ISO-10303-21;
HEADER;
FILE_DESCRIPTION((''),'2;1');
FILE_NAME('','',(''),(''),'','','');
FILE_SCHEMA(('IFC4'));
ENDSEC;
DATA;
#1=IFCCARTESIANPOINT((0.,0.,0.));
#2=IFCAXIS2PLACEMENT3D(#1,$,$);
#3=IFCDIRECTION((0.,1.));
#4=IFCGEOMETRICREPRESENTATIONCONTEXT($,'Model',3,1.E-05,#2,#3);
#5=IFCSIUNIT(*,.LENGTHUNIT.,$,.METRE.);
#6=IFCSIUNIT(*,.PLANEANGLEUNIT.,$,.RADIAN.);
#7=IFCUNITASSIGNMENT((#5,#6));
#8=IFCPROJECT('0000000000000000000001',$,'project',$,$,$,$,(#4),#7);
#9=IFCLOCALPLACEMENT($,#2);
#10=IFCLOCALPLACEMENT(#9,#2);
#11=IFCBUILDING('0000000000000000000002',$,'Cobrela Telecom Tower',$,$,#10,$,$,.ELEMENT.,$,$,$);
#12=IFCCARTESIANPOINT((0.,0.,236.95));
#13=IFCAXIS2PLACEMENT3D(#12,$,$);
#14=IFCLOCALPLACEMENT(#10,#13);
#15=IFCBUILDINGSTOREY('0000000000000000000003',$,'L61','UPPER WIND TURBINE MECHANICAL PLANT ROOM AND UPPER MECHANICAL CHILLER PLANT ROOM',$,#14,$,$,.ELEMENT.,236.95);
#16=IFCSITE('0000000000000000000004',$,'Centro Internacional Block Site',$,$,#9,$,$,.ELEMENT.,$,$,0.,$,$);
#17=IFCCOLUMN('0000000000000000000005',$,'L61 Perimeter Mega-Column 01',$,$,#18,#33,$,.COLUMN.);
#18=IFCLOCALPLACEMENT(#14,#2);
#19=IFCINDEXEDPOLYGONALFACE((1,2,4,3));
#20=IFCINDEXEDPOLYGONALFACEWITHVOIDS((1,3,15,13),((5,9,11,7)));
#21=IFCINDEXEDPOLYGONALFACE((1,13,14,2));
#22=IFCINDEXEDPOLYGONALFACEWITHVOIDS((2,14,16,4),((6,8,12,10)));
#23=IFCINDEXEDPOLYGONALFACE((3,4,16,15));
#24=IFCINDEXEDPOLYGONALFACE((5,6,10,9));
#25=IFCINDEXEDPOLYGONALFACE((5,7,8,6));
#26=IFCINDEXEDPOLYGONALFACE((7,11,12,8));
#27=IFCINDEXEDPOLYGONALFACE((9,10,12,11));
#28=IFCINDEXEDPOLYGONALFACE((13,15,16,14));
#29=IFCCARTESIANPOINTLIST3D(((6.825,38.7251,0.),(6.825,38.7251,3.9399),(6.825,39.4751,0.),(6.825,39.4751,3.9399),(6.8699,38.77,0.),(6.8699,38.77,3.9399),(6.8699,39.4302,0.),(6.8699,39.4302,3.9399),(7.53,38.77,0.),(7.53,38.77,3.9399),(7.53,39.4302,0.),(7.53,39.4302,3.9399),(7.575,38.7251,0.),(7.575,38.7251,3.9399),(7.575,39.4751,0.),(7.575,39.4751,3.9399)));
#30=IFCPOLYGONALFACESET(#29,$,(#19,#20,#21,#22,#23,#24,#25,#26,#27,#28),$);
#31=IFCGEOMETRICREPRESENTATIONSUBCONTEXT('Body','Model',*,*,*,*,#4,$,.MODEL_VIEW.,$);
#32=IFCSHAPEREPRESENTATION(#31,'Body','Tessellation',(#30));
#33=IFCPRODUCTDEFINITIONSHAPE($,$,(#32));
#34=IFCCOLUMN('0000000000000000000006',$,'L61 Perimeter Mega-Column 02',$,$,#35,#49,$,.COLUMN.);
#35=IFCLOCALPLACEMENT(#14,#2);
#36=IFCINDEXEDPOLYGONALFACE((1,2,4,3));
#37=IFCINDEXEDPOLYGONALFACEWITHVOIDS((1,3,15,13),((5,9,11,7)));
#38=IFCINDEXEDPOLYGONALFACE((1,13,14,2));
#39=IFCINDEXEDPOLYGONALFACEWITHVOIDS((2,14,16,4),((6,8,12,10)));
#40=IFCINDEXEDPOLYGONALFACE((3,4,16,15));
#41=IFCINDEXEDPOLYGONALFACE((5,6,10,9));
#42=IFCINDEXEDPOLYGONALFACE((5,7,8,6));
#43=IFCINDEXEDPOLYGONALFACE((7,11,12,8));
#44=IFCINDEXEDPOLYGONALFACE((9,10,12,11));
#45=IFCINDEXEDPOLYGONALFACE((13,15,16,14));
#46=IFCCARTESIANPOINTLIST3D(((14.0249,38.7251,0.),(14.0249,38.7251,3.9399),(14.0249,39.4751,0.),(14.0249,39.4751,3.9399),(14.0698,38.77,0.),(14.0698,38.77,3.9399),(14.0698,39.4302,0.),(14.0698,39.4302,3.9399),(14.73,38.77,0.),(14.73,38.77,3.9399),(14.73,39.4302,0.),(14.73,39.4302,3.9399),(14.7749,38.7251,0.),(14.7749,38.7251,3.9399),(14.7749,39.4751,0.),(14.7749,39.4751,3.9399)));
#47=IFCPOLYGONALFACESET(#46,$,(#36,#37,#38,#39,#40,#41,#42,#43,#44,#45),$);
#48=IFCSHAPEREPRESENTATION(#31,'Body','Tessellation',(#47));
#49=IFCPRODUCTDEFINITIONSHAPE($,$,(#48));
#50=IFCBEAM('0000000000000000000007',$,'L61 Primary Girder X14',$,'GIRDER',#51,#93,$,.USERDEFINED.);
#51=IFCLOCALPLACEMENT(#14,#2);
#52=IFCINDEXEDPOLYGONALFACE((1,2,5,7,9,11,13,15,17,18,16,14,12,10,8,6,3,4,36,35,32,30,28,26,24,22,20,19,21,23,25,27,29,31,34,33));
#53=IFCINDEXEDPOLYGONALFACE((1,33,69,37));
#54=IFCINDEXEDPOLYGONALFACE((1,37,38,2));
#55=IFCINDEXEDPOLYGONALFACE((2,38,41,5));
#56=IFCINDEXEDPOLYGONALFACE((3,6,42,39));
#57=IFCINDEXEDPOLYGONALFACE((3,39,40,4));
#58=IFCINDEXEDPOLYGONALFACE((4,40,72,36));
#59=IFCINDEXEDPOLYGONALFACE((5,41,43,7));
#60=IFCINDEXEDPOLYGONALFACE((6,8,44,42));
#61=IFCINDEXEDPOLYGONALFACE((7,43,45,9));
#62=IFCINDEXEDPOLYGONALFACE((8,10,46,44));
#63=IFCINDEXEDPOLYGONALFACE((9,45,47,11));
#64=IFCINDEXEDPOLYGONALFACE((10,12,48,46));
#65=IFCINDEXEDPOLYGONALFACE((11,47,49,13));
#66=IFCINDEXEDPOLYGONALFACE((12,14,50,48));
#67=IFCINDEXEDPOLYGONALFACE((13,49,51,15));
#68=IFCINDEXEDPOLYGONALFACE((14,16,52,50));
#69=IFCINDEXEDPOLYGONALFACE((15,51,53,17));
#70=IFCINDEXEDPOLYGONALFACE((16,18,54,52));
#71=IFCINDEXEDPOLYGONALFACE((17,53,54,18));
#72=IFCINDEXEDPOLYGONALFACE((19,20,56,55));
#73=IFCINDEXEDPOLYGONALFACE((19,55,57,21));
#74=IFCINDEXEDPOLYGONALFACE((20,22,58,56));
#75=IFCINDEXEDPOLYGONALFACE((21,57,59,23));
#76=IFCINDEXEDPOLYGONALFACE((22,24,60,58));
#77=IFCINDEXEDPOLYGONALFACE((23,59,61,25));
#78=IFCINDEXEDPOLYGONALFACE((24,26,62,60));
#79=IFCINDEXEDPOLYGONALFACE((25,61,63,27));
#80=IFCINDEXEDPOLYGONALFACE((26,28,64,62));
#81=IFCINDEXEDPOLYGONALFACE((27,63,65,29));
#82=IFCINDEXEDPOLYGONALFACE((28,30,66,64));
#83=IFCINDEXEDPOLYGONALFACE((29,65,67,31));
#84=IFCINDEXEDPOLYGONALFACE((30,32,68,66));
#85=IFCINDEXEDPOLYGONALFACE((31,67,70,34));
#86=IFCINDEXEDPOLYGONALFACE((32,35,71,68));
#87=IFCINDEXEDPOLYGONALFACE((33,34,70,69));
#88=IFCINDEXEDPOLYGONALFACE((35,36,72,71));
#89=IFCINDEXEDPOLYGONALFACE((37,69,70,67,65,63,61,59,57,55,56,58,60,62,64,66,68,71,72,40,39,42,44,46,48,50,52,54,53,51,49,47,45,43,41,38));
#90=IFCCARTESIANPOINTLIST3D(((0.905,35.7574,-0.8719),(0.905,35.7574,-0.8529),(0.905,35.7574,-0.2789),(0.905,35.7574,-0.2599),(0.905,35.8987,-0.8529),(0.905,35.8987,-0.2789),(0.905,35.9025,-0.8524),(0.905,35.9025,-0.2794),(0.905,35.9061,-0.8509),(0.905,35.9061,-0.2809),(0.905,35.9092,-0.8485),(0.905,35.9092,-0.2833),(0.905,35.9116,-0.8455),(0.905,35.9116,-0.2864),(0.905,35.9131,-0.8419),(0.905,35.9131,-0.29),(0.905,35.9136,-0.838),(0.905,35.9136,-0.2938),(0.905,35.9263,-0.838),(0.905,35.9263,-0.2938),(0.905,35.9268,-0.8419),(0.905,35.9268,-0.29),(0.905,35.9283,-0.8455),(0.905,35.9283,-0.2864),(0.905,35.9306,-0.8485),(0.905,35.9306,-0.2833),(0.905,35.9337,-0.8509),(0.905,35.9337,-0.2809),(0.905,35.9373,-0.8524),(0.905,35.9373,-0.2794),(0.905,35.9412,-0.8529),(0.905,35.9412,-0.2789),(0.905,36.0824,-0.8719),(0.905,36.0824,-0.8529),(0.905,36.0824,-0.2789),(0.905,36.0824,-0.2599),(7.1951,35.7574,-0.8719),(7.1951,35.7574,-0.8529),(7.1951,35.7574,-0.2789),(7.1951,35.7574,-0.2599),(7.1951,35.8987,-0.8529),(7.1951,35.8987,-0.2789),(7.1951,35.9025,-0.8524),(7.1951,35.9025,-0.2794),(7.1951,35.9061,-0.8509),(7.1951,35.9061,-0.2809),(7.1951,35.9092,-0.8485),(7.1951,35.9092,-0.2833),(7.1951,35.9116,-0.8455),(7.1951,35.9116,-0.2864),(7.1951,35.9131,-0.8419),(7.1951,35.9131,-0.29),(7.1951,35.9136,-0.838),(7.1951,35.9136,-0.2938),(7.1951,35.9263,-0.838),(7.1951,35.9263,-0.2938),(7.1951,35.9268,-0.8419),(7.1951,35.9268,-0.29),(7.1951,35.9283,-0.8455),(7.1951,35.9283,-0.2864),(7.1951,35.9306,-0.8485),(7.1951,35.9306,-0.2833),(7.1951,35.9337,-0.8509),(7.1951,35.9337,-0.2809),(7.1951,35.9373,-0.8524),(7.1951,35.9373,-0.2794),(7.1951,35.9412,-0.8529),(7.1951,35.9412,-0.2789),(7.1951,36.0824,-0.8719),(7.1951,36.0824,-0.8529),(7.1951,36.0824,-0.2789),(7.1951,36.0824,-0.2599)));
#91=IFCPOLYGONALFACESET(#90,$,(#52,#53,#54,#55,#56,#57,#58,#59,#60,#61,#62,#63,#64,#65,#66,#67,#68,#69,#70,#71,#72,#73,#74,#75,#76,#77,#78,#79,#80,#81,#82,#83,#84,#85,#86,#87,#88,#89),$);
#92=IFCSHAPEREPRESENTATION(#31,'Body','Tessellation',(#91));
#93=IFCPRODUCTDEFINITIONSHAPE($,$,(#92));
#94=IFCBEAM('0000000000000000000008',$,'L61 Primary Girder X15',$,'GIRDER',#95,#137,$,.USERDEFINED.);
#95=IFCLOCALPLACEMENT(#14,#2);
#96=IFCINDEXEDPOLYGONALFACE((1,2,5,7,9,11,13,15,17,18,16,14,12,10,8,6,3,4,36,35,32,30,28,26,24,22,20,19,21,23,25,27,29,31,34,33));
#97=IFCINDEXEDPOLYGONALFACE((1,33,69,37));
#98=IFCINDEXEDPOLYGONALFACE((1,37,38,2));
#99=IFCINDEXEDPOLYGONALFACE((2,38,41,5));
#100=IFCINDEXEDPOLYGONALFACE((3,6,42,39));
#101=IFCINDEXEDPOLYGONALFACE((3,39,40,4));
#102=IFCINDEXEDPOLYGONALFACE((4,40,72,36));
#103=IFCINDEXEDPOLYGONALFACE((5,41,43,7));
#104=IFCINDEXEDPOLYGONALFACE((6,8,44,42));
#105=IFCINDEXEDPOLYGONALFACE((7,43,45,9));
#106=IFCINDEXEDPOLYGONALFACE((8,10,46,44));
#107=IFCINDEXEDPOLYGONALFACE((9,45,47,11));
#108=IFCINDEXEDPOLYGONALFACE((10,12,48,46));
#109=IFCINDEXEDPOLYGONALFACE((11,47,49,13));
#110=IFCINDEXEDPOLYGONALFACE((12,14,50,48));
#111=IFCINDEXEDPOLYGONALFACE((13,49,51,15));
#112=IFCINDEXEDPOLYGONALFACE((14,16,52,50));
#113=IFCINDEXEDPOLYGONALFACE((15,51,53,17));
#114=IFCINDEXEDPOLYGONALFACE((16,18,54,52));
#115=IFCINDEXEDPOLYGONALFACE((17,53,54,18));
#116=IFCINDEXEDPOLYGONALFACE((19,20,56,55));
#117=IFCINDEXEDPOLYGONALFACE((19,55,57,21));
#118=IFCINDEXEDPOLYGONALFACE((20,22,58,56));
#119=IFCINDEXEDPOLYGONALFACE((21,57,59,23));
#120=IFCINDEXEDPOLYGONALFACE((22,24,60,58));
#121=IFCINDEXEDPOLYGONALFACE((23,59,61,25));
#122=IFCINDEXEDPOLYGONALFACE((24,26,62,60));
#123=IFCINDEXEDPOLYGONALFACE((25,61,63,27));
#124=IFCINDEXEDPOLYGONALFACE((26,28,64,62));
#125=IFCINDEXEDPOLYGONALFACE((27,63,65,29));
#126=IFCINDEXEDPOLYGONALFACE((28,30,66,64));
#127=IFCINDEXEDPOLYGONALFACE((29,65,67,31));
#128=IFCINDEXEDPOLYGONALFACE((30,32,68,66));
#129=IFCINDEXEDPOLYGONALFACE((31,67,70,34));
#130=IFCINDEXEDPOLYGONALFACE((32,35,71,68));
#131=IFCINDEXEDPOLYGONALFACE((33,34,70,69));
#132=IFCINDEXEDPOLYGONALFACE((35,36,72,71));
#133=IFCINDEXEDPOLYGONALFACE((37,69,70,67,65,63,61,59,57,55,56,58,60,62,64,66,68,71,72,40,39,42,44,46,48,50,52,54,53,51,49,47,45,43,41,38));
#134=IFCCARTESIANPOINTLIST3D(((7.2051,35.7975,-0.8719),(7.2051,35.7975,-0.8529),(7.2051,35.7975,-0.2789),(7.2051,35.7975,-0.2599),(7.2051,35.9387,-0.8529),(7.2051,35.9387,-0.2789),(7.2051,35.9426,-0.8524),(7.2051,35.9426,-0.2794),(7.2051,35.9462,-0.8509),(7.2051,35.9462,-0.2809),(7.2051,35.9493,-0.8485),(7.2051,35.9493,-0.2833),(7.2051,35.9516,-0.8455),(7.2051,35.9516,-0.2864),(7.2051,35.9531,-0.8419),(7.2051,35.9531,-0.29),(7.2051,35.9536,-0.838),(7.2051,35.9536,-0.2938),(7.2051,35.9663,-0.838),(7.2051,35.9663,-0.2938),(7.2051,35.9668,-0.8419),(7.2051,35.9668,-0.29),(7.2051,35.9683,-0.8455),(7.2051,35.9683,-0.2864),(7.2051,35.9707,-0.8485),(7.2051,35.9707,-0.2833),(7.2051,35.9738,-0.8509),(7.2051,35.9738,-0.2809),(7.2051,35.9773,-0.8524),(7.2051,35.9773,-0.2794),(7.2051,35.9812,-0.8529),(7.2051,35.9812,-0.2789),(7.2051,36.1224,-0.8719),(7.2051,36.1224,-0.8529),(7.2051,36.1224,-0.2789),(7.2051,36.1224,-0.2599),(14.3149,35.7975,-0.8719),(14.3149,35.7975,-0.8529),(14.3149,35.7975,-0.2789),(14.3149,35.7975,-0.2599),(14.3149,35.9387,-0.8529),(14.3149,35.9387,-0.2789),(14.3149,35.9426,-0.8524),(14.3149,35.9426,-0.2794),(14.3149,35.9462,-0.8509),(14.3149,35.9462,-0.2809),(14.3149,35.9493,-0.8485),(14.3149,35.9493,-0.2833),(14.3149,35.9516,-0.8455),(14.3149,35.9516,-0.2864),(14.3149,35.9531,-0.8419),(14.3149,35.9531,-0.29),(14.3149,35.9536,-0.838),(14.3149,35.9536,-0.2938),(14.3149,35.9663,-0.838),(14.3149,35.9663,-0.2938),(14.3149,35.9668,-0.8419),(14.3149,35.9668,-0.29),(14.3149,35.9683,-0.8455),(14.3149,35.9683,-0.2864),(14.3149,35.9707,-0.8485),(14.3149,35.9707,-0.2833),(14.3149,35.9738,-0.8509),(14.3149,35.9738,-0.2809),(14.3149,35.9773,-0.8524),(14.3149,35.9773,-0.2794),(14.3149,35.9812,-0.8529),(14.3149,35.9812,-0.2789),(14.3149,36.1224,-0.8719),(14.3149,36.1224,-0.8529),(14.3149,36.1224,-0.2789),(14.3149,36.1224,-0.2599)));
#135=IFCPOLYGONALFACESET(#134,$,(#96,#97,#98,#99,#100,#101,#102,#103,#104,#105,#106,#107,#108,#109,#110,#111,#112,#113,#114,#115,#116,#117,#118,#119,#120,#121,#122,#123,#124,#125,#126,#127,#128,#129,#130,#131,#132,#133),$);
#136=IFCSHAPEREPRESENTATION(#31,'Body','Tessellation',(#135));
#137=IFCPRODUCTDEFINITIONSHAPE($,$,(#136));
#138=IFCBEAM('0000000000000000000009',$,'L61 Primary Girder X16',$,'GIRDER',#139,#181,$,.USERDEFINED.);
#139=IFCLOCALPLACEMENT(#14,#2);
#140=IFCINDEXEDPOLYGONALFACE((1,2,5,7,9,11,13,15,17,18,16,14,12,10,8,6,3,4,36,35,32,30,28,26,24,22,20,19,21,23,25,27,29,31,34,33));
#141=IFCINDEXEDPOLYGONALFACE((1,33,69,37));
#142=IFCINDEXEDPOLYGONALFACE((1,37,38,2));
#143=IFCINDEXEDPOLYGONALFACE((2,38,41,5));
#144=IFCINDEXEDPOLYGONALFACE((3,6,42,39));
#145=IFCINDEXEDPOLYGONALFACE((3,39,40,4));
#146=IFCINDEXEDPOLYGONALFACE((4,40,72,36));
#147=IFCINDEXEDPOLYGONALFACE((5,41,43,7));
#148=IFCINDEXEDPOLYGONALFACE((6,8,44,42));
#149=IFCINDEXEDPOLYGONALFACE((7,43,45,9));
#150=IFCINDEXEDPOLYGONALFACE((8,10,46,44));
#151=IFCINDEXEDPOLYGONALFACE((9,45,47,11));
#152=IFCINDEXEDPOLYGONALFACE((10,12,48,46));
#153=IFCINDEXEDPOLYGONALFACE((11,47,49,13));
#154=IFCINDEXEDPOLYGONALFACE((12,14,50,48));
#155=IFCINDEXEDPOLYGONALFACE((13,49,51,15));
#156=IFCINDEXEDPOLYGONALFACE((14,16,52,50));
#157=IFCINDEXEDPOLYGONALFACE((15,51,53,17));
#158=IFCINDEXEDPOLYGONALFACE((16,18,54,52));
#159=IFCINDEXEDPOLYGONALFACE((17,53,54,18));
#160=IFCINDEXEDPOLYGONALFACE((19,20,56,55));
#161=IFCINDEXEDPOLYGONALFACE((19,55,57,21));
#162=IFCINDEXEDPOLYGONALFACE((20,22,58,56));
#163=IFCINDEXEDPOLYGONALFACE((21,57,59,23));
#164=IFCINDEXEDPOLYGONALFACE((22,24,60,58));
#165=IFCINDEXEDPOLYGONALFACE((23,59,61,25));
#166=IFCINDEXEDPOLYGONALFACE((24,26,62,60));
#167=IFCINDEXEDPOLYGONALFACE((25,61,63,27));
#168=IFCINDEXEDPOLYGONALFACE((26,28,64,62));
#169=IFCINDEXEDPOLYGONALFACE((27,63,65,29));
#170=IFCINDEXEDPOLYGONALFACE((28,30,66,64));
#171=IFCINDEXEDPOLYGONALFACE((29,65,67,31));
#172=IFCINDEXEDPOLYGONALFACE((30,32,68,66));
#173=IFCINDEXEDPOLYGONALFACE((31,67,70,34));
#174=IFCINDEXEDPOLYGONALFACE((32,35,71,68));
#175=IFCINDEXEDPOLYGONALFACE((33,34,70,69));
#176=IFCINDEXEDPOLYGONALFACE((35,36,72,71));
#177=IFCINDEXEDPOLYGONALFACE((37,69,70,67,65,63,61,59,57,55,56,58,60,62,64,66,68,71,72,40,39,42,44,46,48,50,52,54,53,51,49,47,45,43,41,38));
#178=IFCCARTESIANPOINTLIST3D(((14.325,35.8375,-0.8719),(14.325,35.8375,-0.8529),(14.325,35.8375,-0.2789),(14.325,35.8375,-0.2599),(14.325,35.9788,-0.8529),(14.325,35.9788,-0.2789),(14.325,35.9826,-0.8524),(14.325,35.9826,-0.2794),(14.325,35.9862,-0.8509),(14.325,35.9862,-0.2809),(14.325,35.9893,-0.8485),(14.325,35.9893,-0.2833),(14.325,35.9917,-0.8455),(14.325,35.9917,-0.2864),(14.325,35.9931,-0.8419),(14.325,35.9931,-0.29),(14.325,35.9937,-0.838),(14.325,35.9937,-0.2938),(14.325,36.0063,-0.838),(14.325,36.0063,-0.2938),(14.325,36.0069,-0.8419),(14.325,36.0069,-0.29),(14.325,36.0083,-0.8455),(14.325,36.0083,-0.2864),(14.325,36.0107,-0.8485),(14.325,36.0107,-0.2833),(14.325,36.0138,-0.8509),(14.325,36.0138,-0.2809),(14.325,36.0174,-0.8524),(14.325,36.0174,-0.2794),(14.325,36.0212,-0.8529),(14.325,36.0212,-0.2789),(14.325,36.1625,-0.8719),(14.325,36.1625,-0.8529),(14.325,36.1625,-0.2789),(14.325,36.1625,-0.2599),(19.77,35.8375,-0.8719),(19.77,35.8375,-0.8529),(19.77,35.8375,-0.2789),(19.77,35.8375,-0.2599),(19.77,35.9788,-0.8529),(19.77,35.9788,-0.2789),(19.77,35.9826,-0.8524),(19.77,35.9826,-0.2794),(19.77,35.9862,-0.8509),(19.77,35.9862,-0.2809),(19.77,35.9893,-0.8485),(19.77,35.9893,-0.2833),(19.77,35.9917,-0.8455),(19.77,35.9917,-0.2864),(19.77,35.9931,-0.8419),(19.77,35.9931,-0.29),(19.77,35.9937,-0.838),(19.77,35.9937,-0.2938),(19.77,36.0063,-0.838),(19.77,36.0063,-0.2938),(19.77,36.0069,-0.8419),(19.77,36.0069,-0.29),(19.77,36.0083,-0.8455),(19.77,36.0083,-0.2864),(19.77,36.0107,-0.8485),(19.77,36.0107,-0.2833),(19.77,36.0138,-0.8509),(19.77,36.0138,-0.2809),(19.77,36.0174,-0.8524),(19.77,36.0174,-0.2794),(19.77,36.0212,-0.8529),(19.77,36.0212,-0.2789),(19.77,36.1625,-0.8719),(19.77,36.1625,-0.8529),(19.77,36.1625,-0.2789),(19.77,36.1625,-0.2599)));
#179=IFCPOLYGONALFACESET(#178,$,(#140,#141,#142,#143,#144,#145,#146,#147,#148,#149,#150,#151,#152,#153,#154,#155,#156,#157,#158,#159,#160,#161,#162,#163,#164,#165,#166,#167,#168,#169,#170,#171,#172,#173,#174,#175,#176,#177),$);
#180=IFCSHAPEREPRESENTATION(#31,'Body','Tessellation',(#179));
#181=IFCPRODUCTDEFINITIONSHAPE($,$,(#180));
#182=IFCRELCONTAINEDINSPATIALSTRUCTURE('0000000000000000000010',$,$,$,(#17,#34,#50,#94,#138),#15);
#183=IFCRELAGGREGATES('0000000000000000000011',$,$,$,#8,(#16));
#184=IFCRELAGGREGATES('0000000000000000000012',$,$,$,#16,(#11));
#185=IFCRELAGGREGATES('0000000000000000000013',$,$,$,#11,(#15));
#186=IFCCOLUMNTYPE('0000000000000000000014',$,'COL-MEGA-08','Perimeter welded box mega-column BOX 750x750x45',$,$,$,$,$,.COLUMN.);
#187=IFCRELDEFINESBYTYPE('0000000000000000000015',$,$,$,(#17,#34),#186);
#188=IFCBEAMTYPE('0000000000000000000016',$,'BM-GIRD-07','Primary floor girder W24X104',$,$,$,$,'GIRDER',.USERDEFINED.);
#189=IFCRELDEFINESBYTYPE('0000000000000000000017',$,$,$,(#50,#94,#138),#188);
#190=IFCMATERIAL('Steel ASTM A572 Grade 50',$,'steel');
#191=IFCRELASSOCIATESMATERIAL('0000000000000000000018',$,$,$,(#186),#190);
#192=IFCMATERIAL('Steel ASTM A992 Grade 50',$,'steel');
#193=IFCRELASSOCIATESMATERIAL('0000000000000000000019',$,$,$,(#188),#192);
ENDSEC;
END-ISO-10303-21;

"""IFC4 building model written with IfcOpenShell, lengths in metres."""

from ifc_helpers import new_model, si_unit, direction, frame, origin, origin_2d, place, context, subcontext, project, spatial, hollow_rectangle, i_section, extrude, material, material_profile, profile_set, type_object, element, save


model = new_model("IFC4")

# Units and contexts
model_context = context("Model", 3, precision=1e-05, world=origin(), true_north=direction((0.0, 1.0)))
body_context = subcontext(model_context, "Body", "Model", "MODEL_VIEW")
ifc_project = project(units=[si_unit("LENGTHUNIT", "METRE"), si_unit("PLANEANGLEUNIT", "RADIAN")], contexts=[model_context])

# Site, building, storey
site_placement = place(None, origin())
site = spatial("IfcSite", under=ifc_project, at=site_placement, Name="Centro Internacional Block Site", CompositionType="ELEMENT", RefElevation=0.0)
building_placement = place(site_placement, origin())
building = spatial("IfcBuilding", under=site, at=building_placement, Name="Cobrela Telecom Tower", CompositionType="ELEMENT")
storey_placement = place(building_placement, frame((0.0, 0.0, 236.95)))
storey = spatial("IfcBuildingStorey", under=building, at=storey_placement, Name="L61", Description="UPPER WIND TURBINE MECHANICAL PLANT ROOM AND UPPER MECHANICAL CHILLER PLANT ROOM", CompositionType="ELEMENT", Elevation=236.95)

# Columns
ifc_material_1 = material(Name="Steel ASTM A572 Grade 50", Category="steel")
ifc_material_profile_1 = material_profile(ifc_material_1, hollow_rectangle(XDim=0.75, YDim=0.75, WallThickness=0.0449, at=origin_2d()), Name="BOX 750x750x45")
ifc_profile_set_1 = profile_set([ifc_material_profile_1], Name="Steel ASTM A572 Grade 50")
column_type = type_object("IfcColumnType", Name="COL-MEGA-08", Description="Perimeter welded box mega-column BOX 750x750x45", PredefinedType="COLUMN", material=ifc_profile_set_1)
for number, where, z_axis, x_axis, name in (
    (1, (7.2, 39.1001, 0.0), (0.0, 0.0, 1.0), (1.0, 0.0, 0.0), "L61 Perimeter Mega-Column 01"),
    (2, (14.3999, 39.1001, 0.0), (0.0, 0.0, 1.0), (1.0, 0.0, 0.0), "L61 Perimeter Mega-Column 02"),
):
    element("IfcColumn", number, at=place(storey_placement, frame(where, z_axis=z_axis, x_axis=x_axis)), inside=storey, type_object=column_type, Name=name, PredefinedType="COLUMN", context=body_context, shape_type="SweptSolid", body=[
        extrude(hollow_rectangle(XDim=0.75, YDim=0.75, WallThickness=0.0449, at=origin_2d()), origin(), (0.0, 0.0, 1.0), 3.9399),
    ])

# Beams
ifc_material_2 = material(Name="Steel ASTM A992 Grade 50", Category="steel")
ifc_material_profile_2 = material_profile(ifc_material_2, i_section(OverallWidth=0.325, OverallDepth=0.6121, WebThickness=0.0127, FlangeThickness=0.019, FilletRadius=0.0149, at=origin_2d()), Name="W24X104")
ifc_profile_set_2 = profile_set([ifc_material_profile_2], Name="Steel ASTM A992 Grade 50")
beam_type_1 = type_object("IfcBeamType", Name="BM-GIRD-07", Description="Primary floor girder W24X104", ElementType="GIRDER", PredefinedType="USERDEFINED", material=ifc_profile_set_2)
beam_1_placement = place(storey_placement, frame((0.905, 35.9199, -0.5659), z_axis=(1.0, 0.0, 0.0), x_axis=(0.0, 1.0, 0.0)))
element("IfcBeam", 3, at=beam_1_placement, inside=storey, type_object=beam_type_1, Name="L61 Primary Girder X14", ObjectType="GIRDER", PredefinedType="USERDEFINED", context=body_context, shape_type="SweptSolid", body=[
    extrude(i_section(OverallWidth=0.325, OverallDepth=0.6121, WebThickness=0.0127, FlangeThickness=0.019, FilletRadius=0.0149, at=origin_2d()), origin(), (0.0, 0.0, 1.0), 6.29),
])
beam_2_placement = place(storey_placement, frame((7.2051, 35.96, -0.5659), z_axis=(1.0, 0.0, 0.0), x_axis=(0.0, 1.0, 0.0)))
element("IfcBeam", 4, at=beam_2_placement, inside=storey, type_object=beam_type_1, Name="L61 Primary Girder X15", ObjectType="GIRDER", PredefinedType="USERDEFINED", context=body_context, shape_type="SweptSolid", body=[
    extrude(i_section(OverallWidth=0.325, OverallDepth=0.6121, WebThickness=0.0127, FlangeThickness=0.019, FilletRadius=0.0149, at=origin_2d()), origin(), (0.0, 0.0, 1.0), 7.1099),
])
beam_3_placement = place(storey_placement, frame((14.325, 36.0, -0.5659), z_axis=(1.0, 0.0, 0.0), x_axis=(0.0, 1.0, 0.0)))
element("IfcBeam", 5, at=beam_3_placement, inside=storey, type_object=beam_type_1, Name="L61 Primary Girder X16", ObjectType="GIRDER", PredefinedType="USERDEFINED", context=body_context, shape_type="SweptSolid", body=[
    extrude(i_section(OverallWidth=0.325, OverallDepth=0.6121, WebThickness=0.0127, FlangeThickness=0.019, FilletRadius=0.0149, at=origin_2d()), origin(), (0.0, 0.0, 1.0), 5.4451),
])

save(model, "model.ifc")
